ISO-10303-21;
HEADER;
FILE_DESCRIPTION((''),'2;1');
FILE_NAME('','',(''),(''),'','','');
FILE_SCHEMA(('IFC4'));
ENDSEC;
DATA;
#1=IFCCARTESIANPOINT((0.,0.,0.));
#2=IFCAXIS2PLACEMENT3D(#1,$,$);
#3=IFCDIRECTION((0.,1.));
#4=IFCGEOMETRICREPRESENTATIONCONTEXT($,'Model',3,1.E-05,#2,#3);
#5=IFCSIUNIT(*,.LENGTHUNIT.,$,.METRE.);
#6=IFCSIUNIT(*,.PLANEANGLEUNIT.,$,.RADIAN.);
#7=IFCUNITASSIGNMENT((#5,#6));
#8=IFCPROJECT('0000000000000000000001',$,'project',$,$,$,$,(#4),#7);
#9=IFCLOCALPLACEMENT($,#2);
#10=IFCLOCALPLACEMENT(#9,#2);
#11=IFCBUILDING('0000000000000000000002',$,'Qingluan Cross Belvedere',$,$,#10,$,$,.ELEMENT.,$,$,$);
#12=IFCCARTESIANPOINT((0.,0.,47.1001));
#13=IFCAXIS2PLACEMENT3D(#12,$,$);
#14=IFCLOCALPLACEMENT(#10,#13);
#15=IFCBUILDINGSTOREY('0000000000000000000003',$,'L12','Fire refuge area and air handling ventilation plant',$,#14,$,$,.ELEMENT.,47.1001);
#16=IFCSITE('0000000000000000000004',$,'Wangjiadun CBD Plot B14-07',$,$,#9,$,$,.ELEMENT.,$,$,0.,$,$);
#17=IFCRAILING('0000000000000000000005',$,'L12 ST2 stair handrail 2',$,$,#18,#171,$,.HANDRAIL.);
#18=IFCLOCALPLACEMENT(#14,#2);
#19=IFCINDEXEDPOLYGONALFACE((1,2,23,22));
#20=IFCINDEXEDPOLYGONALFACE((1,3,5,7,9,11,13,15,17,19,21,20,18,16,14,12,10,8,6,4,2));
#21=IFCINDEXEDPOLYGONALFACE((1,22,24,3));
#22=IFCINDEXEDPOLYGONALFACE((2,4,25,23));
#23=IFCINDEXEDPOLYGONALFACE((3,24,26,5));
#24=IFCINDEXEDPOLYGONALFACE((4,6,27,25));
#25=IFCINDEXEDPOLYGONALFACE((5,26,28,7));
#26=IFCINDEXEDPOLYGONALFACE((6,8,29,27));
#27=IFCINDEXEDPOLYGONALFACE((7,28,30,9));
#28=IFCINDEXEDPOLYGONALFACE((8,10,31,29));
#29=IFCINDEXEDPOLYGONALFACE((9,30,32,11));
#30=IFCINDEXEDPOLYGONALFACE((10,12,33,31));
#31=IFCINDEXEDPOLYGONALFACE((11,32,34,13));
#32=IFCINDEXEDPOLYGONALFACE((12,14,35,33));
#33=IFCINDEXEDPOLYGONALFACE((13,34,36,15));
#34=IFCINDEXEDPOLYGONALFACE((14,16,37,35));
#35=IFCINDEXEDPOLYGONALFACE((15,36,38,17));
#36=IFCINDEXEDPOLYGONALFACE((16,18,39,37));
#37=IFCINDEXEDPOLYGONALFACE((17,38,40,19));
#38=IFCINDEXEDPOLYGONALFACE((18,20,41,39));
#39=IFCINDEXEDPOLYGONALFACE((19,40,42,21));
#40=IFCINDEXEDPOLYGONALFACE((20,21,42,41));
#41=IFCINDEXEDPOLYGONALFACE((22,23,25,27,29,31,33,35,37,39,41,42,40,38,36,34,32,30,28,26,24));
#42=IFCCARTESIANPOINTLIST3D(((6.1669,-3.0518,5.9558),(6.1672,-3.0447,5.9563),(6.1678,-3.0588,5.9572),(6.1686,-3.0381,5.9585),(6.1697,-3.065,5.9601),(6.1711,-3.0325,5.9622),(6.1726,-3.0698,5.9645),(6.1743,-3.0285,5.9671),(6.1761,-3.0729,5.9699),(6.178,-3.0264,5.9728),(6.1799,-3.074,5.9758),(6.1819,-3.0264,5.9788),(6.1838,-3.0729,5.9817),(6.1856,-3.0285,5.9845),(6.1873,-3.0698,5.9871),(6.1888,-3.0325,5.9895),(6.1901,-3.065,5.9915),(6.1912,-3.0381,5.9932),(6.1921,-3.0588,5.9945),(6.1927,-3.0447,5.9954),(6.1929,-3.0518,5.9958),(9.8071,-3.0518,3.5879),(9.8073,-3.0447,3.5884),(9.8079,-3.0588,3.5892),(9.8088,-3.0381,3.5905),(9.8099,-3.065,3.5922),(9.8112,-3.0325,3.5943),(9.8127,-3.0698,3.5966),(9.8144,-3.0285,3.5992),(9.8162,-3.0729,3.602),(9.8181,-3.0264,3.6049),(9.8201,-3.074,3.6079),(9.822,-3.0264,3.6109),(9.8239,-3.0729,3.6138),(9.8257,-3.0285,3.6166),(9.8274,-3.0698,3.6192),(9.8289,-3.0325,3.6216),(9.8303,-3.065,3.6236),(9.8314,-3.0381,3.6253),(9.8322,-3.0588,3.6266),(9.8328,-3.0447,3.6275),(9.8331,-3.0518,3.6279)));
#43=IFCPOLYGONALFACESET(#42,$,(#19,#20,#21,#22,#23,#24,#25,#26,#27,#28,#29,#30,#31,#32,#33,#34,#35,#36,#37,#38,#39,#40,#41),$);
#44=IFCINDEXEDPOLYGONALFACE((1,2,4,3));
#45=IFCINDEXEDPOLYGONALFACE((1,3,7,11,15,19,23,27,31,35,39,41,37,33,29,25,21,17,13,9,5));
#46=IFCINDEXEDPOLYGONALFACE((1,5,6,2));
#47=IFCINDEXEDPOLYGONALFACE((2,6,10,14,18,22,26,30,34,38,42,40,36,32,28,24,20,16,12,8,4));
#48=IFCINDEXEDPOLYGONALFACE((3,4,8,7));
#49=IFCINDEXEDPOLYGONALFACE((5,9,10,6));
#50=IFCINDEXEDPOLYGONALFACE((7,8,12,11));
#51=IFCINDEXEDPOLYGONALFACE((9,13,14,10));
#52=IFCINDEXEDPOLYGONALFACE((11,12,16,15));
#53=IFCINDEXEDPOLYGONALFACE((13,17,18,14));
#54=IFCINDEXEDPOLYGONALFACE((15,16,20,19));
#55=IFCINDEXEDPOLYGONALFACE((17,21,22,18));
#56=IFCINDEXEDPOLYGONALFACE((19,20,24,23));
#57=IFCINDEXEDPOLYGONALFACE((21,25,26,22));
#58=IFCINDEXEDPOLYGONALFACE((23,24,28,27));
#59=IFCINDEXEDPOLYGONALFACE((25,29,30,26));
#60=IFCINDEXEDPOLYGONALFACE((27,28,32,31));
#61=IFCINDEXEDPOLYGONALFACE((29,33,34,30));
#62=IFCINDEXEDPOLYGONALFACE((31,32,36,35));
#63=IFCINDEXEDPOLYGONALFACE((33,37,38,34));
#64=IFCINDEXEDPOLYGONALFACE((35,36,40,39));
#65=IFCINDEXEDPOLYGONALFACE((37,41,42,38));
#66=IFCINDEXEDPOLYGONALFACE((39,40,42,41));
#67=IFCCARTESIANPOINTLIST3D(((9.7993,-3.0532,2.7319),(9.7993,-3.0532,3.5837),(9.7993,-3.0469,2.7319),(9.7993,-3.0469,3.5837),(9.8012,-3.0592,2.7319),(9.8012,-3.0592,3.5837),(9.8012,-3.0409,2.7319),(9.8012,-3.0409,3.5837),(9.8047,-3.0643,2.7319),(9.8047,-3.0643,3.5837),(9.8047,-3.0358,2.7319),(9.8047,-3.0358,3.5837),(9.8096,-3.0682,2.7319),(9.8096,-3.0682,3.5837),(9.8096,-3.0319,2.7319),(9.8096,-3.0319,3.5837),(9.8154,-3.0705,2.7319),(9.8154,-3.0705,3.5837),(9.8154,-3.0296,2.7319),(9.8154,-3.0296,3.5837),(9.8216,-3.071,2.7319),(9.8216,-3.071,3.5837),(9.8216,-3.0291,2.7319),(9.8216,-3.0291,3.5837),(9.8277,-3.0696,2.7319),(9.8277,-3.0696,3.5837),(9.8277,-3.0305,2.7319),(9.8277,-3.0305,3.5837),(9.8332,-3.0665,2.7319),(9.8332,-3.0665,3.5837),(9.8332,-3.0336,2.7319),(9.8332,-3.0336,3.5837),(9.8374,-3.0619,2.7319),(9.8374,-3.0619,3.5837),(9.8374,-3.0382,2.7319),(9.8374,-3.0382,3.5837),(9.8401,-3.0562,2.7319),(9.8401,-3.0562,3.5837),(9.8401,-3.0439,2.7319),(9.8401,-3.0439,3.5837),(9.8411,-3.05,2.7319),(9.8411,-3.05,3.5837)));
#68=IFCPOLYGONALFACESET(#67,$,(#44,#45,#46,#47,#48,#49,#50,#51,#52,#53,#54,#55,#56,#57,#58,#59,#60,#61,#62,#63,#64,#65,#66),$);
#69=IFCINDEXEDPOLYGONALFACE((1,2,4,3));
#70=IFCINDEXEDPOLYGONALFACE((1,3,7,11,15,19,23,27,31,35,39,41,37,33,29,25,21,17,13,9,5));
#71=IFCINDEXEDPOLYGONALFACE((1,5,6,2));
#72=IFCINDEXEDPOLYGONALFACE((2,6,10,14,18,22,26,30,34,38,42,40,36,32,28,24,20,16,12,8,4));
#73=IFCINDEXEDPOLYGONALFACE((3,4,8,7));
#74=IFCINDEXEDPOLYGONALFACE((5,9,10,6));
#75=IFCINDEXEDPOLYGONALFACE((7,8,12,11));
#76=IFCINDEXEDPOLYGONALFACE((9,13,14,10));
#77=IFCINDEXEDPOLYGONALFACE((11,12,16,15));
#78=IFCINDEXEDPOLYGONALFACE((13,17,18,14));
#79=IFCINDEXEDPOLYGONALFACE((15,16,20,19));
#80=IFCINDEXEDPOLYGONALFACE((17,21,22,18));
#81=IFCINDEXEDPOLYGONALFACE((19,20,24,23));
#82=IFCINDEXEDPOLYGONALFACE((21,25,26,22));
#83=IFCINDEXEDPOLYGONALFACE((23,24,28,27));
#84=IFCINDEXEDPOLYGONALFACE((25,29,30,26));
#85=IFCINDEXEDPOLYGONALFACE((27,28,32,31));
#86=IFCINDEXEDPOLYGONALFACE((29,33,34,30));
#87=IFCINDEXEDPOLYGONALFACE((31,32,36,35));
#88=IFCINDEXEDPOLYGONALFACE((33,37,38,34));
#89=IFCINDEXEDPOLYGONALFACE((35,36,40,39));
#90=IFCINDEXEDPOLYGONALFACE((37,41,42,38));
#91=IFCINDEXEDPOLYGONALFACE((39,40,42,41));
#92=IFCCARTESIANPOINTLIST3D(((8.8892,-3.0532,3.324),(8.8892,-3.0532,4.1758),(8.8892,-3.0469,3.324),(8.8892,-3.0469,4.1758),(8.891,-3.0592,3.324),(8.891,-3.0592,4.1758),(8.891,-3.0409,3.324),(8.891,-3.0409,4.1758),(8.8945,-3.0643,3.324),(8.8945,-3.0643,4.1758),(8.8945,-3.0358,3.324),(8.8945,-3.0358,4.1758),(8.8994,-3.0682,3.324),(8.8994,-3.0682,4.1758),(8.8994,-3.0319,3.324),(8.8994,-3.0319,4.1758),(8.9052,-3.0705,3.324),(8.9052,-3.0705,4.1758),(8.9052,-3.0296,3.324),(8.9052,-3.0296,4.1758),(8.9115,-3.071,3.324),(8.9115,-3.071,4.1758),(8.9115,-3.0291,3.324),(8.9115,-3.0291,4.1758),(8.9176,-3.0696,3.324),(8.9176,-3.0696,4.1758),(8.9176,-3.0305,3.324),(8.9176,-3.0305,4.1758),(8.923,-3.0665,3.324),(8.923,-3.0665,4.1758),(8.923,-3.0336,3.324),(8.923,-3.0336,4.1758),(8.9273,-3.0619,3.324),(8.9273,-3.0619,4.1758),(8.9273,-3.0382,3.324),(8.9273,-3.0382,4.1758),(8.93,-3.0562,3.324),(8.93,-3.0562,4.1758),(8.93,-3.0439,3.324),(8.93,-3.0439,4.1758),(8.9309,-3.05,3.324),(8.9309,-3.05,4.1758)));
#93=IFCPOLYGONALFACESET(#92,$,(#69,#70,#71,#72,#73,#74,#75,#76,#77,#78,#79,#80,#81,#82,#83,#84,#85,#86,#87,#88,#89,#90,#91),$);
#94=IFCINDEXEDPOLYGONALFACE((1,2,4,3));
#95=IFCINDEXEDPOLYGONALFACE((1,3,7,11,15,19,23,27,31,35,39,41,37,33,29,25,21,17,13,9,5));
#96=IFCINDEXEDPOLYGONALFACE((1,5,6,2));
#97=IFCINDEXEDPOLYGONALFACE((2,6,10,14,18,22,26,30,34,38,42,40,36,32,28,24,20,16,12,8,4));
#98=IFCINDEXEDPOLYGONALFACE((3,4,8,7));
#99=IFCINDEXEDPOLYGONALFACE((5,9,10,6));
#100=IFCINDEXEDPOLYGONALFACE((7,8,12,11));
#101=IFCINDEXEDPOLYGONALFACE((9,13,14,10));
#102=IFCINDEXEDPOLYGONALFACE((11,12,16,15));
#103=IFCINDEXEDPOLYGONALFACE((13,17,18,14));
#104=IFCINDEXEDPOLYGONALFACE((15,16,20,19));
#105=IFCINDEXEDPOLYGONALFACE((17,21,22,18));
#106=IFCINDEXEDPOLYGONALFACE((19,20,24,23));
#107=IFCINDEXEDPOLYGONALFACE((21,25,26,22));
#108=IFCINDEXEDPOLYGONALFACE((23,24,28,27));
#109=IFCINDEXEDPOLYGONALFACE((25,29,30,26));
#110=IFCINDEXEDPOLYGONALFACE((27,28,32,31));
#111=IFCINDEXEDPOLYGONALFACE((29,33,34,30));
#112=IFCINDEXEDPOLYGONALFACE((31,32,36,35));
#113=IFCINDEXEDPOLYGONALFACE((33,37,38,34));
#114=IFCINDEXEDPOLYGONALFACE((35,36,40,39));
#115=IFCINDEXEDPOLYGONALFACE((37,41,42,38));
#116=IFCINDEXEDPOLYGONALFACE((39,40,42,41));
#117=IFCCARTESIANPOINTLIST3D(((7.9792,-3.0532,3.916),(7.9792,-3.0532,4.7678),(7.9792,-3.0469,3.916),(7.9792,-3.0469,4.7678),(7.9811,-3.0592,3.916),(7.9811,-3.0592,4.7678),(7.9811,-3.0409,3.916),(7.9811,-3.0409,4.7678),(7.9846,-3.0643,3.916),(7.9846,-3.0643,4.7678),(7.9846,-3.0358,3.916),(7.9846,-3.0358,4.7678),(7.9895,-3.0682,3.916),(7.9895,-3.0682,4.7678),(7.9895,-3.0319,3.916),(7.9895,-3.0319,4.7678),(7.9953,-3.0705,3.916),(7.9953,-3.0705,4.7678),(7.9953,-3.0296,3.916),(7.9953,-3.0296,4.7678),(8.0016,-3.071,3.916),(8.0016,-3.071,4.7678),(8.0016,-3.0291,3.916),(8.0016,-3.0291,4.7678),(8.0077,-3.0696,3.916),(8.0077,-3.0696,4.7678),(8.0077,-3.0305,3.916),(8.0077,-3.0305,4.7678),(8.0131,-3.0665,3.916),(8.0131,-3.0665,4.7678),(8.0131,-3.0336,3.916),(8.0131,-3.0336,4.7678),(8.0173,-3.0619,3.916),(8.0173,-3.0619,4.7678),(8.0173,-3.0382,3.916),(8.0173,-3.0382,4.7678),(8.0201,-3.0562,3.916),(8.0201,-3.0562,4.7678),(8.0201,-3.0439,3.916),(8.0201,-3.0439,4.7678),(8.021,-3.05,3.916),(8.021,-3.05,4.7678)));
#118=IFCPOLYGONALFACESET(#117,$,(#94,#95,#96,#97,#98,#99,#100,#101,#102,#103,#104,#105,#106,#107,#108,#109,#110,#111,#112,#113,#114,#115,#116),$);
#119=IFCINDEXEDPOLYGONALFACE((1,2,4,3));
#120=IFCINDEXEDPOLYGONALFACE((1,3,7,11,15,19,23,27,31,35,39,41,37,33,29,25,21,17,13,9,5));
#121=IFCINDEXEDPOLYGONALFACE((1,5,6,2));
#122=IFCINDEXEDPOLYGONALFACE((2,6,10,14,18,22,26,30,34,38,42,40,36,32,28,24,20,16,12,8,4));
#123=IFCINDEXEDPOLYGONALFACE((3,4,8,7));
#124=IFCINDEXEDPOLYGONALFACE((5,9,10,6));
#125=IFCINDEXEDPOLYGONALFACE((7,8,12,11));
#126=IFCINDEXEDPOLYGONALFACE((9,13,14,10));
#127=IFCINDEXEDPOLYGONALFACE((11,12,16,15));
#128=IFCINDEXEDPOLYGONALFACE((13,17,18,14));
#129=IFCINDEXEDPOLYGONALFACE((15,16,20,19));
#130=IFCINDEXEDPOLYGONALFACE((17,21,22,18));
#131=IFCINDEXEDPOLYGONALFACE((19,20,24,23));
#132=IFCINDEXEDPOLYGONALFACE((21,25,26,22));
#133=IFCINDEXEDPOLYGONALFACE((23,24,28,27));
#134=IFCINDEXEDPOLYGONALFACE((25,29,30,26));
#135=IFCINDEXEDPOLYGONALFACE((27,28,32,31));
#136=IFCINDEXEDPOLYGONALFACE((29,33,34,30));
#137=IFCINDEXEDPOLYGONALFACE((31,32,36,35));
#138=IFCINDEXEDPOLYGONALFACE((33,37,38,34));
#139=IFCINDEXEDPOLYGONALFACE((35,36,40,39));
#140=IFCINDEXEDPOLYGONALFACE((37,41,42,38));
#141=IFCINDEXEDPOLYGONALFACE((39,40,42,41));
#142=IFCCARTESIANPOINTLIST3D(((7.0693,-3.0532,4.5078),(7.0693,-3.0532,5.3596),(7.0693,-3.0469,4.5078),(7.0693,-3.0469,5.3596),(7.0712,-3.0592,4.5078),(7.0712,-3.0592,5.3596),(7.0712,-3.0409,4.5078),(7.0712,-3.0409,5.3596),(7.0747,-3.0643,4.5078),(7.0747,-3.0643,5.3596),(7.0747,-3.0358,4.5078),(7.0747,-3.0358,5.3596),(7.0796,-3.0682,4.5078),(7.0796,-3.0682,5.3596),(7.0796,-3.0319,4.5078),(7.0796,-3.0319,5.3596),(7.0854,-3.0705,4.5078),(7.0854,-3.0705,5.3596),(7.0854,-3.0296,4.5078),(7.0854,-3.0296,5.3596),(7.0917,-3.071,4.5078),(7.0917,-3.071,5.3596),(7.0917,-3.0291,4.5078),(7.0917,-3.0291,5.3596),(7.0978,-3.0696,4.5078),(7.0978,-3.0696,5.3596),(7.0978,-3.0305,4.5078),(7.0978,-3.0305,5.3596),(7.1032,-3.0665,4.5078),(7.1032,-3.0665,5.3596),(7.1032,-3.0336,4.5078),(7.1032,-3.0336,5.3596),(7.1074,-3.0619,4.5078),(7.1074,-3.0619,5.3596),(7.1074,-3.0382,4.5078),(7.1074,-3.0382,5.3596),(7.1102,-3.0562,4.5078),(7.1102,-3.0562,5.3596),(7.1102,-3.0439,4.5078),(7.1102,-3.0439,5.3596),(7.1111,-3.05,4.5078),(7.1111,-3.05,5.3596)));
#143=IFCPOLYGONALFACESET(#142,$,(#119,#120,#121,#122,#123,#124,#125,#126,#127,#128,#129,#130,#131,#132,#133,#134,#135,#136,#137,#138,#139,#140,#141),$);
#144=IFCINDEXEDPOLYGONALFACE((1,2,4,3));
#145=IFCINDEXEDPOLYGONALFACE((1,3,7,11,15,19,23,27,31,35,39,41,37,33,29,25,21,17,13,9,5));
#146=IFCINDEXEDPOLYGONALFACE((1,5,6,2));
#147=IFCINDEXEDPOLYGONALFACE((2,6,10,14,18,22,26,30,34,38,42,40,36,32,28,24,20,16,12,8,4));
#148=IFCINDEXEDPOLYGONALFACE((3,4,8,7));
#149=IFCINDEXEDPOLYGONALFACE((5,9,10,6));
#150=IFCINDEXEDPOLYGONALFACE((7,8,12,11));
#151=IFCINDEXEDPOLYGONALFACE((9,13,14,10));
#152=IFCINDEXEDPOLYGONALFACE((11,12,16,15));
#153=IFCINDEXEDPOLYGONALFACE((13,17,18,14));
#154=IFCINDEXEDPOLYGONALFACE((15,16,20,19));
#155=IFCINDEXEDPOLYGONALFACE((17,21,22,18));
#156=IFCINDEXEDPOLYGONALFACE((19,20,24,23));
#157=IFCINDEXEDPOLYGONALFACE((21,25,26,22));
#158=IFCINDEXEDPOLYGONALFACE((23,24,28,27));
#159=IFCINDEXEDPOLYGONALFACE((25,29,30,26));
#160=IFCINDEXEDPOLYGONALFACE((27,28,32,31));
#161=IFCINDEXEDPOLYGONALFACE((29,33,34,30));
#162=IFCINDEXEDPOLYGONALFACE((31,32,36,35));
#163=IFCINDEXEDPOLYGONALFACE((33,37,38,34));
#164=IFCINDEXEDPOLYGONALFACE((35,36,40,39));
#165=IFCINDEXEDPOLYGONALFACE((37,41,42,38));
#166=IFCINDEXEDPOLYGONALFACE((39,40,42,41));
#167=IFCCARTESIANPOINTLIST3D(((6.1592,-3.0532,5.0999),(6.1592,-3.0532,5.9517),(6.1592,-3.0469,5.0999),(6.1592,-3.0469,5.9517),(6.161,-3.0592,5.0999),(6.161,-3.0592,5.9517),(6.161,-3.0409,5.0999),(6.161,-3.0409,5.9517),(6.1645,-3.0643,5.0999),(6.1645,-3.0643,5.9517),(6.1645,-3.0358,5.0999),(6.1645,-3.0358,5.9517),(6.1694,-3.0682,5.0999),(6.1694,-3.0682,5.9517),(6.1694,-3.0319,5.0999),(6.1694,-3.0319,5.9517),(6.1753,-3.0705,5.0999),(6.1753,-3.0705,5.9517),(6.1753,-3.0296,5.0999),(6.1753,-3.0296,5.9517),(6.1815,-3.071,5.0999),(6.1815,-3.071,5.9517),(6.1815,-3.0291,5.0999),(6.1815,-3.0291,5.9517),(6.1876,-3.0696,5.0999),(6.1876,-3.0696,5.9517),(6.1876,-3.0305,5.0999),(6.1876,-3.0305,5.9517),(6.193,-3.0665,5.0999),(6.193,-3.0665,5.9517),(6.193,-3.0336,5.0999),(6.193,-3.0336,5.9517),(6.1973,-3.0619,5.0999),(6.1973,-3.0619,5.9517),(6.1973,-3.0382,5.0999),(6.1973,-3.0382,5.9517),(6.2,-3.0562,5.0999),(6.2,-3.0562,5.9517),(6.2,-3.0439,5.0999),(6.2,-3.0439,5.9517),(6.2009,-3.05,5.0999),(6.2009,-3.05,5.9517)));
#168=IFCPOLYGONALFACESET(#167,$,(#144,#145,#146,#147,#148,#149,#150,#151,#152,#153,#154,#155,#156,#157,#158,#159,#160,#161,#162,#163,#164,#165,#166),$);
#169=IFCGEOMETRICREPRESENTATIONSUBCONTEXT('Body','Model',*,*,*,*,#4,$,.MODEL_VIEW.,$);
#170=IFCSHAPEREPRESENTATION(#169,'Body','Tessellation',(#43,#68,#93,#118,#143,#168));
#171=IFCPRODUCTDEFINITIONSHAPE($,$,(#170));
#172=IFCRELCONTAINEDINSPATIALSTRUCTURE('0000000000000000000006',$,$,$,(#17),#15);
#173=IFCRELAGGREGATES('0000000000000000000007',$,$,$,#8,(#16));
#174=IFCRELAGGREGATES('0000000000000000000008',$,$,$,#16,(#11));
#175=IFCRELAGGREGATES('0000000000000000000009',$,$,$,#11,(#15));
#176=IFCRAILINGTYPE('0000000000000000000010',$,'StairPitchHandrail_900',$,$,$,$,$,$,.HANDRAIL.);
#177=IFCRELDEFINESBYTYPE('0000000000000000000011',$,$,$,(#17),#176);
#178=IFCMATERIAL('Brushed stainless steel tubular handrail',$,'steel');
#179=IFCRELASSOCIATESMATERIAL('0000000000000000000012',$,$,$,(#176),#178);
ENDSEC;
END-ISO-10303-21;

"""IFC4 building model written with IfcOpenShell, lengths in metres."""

from ifc_helpers import new_model, si_unit, direction, frame, origin, origin_2d, place, context, subcontext, project, spatial, circle, extrude, material, type_object, element, save


model = new_model("IFC4")

# Units and contexts
model_context = context("Model", 3, precision=1e-05, world=origin(), true_north=direction((0.0, 1.0)))
body_context = subcontext(model_context, "Body", "Model", "MODEL_VIEW")
ifc_project = project(units=[si_unit("LENGTHUNIT", "METRE"), si_unit("PLANEANGLEUNIT", "RADIAN")], contexts=[model_context])

# Site, building, storey
site_placement = place(None, origin())
site = spatial("IfcSite", under=ifc_project, at=site_placement, Name="Wangjiadun CBD Plot B14-07", CompositionType="ELEMENT", RefElevation=0.0)
building_placement = place(site_placement, origin())
building = spatial("IfcBuilding", under=site, at=building_placement, Name="Qingluan Cross Belvedere", CompositionType="ELEMENT")
storey_placement = place(building_placement, frame((0.0, 0.0, 47.1001)))
storey = spatial("IfcBuildingStorey", under=building, at=storey_placement, Name="L12", Description="Fire refuge area and air handling ventilation plant", CompositionType="ELEMENT", Elevation=47.1001)

# Railing
ifc_material_1 = material(Name="Brushed stainless steel tubular handrail", Category="steel")
railing_type = type_object("IfcRailingType", Name="StairPitchHandrail_900", PredefinedType="HANDRAIL", material=ifc_material_1)
railing_placement = place(storey_placement, frame((9.8201, -3.05, 2.7319)))
element("IfcRailing", 1, at=railing_placement, inside=storey, type_object=railing_type, Name="L12 ST2 stair handrail 2", PredefinedType="HANDRAIL", context=body_context, shape_type="SweptSolid", body=[
    extrude(circle(Radius=0.0239, at=origin_2d()), frame((0.0, 0.0, 0.876), z_axis=(-0.838251, 0.0, 0.545285), x_axis=(0.0, -1.0, 0.0)), (0.0, 0.0, 1.0), 4.3425),
    extrude(circle(Radius=0.021, at=origin_2d()), origin(), (0.0, 0.0, 1.0), 0.8518),
    extrude(circle(Radius=0.021, at=origin_2d()), frame((-0.9102, 0.0, 0.592)), (0.0, 0.0, 1.0), 0.8518),
    extrude(circle(Radius=0.021, at=origin_2d()), frame((-1.8201, 0.0, 1.1841)), (0.0, 0.0, 1.0), 0.8518),
    extrude(circle(Radius=0.021, at=origin_2d()), frame((-2.73, 0.0, 1.7759)), (0.0, 0.0, 1.0), 0.8518),
    extrude(circle(Radius=0.021, at=origin_2d()), frame((-3.6401, 0.0, 2.3679)), (0.0, 0.0, 1.0), 0.8518),
])

save(model, "model.ifc")
